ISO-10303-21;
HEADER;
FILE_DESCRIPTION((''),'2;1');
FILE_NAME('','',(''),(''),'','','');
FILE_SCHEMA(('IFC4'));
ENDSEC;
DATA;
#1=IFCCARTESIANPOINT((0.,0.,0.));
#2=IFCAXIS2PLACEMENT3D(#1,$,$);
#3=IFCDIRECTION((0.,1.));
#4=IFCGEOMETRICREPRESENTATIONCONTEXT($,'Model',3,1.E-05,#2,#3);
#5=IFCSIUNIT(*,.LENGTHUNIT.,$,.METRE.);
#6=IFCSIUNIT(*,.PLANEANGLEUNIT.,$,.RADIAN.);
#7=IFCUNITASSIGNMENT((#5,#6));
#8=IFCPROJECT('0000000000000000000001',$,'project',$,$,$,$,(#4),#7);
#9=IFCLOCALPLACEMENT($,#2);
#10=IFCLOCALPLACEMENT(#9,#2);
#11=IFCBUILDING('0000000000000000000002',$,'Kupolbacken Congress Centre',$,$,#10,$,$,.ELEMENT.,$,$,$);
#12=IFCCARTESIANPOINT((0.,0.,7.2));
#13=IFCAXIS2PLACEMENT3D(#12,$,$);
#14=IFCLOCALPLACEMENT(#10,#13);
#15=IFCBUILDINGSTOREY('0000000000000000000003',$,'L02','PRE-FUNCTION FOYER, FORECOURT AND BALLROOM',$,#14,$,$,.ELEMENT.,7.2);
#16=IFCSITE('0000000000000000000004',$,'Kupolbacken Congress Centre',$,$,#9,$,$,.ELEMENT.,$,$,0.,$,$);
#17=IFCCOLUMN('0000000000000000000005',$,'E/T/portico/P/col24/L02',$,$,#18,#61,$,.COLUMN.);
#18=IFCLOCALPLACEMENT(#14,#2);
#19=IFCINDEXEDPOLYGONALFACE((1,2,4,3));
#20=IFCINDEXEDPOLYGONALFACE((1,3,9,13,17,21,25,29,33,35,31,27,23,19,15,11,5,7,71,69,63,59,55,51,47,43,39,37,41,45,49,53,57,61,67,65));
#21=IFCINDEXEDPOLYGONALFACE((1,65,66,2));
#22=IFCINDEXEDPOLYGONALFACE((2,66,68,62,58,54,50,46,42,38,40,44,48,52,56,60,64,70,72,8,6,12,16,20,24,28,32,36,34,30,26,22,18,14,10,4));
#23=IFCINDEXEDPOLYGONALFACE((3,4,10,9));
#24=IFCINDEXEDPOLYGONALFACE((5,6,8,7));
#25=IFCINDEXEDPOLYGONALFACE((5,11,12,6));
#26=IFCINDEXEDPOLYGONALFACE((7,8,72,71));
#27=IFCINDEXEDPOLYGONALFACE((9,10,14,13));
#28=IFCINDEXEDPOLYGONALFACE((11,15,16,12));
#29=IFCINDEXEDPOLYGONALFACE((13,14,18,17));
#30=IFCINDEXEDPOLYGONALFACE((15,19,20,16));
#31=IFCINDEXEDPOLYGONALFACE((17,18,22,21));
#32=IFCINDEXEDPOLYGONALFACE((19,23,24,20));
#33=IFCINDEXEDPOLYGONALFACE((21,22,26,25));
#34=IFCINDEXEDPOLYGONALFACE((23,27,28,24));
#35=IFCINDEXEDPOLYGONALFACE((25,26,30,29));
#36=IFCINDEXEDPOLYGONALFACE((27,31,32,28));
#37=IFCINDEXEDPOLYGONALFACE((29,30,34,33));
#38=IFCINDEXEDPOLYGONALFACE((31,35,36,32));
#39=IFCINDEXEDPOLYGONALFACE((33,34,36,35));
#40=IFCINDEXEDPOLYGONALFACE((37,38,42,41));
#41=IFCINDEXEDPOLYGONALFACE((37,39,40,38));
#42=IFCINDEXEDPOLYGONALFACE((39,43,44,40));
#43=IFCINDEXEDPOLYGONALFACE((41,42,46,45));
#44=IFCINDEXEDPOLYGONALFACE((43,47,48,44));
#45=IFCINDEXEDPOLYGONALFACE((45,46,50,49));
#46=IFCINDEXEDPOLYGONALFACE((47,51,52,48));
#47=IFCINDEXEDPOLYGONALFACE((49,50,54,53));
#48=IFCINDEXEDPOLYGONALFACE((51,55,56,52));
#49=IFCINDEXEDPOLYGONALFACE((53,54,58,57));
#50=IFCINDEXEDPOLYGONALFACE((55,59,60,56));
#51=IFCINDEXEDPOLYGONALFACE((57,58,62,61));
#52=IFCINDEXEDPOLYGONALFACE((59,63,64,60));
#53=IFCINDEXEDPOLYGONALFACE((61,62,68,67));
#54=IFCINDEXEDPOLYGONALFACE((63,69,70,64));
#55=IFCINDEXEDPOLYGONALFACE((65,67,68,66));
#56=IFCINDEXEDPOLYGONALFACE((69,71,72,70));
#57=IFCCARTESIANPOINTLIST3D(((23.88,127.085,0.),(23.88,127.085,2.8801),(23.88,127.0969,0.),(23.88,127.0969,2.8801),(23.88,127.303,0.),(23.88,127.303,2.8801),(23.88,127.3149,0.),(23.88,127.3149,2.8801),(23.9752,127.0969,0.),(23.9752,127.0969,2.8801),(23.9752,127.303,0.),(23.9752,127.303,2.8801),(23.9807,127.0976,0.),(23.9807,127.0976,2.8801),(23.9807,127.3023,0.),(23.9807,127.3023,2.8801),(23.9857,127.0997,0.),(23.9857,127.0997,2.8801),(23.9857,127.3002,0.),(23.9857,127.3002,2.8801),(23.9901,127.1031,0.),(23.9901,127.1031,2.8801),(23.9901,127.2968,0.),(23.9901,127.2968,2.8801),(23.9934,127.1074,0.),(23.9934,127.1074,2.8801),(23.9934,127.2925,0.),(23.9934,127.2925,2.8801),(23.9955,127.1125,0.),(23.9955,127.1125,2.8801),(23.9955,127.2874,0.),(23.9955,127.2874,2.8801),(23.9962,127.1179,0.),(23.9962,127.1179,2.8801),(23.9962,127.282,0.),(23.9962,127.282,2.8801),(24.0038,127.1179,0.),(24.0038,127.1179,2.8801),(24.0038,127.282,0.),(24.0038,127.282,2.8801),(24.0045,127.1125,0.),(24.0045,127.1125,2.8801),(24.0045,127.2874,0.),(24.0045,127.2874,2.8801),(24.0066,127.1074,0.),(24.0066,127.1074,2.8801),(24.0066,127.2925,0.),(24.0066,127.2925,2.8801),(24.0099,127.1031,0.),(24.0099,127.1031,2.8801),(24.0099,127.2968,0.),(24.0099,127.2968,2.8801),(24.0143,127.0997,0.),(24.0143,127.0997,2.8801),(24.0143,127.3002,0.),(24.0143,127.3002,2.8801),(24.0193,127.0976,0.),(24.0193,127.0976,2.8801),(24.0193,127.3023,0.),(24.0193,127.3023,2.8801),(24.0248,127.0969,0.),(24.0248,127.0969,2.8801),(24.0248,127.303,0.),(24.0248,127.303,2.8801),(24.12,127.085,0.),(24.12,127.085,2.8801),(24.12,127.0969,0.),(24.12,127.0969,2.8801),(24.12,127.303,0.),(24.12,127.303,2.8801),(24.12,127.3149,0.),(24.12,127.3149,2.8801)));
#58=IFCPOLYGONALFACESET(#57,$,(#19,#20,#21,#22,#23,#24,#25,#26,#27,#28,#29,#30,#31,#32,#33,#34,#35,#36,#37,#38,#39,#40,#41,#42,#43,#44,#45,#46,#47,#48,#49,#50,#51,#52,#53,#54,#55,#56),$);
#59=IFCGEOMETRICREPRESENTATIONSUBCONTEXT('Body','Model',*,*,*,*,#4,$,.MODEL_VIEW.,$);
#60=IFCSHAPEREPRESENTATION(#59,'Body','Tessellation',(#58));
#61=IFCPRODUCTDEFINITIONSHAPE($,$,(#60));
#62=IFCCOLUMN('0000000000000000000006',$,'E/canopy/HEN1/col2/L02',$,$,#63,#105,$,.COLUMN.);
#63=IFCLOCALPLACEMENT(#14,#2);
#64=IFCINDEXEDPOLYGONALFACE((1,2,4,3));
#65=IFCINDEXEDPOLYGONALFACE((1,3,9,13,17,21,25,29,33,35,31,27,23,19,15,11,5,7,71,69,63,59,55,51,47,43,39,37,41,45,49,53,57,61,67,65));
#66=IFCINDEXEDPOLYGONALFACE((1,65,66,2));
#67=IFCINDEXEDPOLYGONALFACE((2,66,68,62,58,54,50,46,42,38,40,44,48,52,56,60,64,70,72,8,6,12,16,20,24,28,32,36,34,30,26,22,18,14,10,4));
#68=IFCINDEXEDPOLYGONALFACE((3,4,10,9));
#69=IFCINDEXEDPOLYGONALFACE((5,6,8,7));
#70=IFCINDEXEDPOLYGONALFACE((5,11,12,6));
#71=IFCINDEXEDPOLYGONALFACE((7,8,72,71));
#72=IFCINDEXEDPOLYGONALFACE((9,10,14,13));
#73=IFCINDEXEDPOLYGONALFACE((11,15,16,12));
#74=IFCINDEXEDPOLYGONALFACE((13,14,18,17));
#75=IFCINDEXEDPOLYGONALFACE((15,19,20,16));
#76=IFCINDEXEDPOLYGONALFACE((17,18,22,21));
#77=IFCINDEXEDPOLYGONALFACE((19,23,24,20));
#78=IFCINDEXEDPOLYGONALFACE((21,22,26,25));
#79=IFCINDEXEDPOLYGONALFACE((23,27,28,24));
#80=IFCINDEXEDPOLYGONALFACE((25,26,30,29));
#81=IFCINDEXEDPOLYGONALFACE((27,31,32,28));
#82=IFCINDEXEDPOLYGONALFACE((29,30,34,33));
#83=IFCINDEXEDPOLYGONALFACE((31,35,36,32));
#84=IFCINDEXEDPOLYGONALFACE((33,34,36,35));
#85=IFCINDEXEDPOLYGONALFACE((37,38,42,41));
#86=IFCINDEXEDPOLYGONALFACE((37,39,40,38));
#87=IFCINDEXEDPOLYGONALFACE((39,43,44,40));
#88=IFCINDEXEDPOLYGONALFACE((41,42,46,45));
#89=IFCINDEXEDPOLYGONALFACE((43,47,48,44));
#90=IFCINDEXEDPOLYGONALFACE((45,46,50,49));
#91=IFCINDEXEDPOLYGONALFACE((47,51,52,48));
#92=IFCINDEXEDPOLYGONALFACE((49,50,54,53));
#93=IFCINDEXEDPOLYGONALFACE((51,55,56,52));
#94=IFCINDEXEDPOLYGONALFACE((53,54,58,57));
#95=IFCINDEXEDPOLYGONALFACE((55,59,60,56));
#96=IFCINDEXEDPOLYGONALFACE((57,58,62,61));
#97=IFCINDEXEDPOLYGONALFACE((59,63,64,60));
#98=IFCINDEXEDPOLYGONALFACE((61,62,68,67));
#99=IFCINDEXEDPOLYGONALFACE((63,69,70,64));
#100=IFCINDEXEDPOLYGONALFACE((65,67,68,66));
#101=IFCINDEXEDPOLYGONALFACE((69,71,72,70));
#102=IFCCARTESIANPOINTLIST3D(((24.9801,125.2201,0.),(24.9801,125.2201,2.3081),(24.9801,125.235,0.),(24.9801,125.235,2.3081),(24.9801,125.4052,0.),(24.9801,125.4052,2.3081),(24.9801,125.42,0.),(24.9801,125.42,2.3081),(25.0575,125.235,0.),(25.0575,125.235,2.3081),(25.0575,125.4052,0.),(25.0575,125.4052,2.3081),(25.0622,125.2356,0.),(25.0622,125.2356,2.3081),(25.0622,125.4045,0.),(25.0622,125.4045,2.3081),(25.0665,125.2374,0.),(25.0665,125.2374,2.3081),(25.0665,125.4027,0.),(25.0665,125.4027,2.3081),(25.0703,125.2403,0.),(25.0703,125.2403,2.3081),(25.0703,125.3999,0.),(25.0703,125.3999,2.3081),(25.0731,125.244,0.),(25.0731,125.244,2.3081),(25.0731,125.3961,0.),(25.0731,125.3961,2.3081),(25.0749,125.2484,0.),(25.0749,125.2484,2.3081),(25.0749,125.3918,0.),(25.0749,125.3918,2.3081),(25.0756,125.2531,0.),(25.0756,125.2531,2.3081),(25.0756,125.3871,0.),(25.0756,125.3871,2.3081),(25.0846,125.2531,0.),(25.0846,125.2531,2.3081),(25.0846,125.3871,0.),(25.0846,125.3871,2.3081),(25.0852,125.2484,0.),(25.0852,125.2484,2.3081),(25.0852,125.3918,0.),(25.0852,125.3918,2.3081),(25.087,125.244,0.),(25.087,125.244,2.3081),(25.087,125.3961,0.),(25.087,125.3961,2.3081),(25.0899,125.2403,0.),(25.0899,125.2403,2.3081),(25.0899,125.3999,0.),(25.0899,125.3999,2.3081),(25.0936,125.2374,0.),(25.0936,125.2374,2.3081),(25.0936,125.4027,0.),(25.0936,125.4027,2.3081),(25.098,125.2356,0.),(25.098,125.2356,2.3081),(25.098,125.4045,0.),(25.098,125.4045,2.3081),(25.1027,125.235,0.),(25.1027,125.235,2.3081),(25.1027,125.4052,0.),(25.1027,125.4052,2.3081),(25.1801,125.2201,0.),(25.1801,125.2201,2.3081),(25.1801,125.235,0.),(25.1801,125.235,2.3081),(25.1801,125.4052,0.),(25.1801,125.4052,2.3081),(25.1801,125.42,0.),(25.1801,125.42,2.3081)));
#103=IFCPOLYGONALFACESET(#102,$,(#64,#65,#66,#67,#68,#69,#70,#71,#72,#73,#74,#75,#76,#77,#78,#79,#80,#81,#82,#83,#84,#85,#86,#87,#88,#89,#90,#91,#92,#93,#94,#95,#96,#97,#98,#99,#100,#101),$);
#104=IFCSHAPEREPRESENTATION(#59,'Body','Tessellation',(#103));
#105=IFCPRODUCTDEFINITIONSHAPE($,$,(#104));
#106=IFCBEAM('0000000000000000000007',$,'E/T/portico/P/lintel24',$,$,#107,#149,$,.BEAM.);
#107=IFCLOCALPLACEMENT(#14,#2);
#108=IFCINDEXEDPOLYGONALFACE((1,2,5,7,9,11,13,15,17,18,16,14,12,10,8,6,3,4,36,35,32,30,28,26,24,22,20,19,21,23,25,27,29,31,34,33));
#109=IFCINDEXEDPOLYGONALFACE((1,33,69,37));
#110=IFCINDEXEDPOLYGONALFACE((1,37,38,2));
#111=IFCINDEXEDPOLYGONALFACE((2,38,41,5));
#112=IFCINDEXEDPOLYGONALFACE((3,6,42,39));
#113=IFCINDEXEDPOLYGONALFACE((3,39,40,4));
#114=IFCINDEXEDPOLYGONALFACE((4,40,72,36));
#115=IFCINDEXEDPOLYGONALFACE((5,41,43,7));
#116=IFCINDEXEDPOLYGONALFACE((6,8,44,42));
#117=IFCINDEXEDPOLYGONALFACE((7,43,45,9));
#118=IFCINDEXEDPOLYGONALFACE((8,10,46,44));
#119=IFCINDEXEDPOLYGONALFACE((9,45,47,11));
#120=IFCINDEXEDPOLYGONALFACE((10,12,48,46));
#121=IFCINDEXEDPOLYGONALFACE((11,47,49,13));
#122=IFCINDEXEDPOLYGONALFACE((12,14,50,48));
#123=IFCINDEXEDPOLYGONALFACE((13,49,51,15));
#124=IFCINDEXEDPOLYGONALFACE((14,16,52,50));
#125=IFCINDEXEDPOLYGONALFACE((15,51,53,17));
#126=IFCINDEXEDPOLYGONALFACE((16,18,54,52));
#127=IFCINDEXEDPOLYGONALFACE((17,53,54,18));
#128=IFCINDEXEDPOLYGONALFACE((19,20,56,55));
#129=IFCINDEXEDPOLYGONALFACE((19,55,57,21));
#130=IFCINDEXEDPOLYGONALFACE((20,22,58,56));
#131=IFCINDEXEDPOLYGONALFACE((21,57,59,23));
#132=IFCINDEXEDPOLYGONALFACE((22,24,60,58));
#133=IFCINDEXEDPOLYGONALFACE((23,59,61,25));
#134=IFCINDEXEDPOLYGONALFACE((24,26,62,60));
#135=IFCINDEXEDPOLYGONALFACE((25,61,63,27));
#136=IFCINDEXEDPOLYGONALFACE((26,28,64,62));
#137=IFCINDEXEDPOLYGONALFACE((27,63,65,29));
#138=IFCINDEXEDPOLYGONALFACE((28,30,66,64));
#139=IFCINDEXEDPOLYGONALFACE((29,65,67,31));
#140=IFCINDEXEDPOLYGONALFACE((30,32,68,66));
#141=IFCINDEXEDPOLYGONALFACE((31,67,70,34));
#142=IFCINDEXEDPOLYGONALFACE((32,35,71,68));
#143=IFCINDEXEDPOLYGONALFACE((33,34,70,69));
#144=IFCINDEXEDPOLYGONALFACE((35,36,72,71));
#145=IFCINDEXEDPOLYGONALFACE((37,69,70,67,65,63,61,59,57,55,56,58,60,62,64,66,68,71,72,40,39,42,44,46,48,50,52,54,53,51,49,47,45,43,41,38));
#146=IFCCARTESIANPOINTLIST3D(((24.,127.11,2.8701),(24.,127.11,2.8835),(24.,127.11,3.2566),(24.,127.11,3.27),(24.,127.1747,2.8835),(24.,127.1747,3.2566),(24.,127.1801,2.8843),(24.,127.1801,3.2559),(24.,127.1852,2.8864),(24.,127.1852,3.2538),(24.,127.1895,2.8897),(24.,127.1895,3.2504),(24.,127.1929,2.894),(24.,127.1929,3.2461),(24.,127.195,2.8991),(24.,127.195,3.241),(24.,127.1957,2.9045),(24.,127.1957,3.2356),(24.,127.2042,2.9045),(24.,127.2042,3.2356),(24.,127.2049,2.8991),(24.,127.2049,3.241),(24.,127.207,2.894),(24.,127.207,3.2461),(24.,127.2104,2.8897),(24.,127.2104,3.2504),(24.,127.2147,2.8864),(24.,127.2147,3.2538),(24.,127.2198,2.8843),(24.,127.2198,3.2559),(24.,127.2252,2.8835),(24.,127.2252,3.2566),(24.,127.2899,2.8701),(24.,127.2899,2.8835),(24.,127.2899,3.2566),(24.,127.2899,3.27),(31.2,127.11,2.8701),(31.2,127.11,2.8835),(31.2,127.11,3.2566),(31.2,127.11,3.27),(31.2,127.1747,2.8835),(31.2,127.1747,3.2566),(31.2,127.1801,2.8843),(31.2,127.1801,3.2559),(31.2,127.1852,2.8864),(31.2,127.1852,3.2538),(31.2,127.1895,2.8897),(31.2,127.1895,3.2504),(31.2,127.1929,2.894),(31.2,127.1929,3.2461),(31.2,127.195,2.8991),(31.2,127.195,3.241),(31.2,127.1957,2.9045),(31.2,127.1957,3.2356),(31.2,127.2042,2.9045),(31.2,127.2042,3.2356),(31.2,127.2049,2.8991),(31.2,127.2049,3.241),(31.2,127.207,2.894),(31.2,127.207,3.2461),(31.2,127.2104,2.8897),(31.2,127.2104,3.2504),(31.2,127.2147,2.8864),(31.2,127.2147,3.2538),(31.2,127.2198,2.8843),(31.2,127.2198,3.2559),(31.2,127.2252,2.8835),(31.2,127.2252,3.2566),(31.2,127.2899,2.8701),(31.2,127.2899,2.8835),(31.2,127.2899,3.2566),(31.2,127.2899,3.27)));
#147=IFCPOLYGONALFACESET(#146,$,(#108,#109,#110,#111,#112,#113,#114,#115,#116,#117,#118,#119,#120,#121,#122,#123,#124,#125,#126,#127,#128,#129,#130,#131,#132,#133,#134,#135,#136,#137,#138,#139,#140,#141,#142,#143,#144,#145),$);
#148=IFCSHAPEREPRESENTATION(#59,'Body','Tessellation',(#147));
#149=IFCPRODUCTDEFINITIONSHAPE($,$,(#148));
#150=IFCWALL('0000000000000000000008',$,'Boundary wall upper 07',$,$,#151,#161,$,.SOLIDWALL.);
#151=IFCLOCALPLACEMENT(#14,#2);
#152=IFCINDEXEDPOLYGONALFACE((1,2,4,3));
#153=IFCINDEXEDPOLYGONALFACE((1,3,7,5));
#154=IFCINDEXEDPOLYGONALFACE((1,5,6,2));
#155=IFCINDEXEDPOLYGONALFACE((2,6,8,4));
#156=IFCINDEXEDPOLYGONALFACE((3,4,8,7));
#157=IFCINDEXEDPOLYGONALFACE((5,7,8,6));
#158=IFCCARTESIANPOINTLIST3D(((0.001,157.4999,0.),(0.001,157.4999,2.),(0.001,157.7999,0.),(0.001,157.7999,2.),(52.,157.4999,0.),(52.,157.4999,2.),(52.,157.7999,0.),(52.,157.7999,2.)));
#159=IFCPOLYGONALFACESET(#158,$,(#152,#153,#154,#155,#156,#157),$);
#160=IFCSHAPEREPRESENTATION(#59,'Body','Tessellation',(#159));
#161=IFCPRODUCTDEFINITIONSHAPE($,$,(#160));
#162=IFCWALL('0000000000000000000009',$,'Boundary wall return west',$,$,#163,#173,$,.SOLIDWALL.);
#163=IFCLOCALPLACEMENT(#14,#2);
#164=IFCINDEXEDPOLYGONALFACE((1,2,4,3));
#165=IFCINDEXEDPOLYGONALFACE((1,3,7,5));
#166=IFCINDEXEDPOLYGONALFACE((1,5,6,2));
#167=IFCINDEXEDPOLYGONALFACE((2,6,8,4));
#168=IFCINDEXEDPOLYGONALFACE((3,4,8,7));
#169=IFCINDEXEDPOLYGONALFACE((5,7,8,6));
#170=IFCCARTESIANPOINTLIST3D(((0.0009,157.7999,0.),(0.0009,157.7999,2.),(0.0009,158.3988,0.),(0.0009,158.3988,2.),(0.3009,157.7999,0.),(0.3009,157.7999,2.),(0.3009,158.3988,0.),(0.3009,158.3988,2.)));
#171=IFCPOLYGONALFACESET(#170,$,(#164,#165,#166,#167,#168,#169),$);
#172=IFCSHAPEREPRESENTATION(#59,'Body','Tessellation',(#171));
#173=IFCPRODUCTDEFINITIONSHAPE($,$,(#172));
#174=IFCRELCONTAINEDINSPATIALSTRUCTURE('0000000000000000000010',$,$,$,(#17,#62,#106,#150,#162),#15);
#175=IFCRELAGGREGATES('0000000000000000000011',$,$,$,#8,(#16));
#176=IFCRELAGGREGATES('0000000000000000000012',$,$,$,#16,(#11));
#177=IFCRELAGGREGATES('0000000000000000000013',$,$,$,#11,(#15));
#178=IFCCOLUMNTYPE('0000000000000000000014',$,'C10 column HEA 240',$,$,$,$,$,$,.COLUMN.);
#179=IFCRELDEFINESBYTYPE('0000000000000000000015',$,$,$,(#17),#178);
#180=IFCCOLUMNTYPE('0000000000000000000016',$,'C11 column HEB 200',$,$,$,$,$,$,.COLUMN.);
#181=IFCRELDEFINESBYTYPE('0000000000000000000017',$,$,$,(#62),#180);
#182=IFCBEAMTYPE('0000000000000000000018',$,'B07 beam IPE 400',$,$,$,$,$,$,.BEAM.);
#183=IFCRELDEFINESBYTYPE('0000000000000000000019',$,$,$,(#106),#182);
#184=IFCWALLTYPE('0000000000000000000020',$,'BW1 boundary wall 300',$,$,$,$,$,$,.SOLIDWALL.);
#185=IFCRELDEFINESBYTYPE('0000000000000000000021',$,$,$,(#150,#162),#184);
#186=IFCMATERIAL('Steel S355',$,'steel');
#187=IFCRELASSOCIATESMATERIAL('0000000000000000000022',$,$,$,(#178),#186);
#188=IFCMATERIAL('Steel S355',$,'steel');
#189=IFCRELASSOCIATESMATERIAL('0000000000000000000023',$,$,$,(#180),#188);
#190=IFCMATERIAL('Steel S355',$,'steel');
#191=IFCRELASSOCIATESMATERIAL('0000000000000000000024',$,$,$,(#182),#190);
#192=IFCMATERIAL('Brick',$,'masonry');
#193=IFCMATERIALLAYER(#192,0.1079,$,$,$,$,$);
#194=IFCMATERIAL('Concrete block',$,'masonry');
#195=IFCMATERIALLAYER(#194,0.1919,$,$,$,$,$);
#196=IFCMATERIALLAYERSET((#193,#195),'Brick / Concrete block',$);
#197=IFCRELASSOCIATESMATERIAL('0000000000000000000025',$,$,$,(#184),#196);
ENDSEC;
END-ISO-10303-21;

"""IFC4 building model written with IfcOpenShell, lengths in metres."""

from ifc_helpers import new_model, si_unit, direction, frame, frame_2d, origin, origin_2d, place, context, subcontext, project, spatial, rectangle, i_section, extrude, material, layer, layer_set, material_profile, profile_set, type_object, element, save


model = new_model("IFC4")

# Units and contexts
model_context = context("Model", 3, precision=1e-05, world=origin(), true_north=direction((0.0, 1.0)))
body_context = subcontext(model_context, "Body", "Model", "MODEL_VIEW")
ifc_project = project(units=[si_unit("LENGTHUNIT", "METRE"), si_unit("PLANEANGLEUNIT", "RADIAN")], contexts=[model_context])

# Site, building, storey
site_placement = place(None, origin())
site = spatial("IfcSite", under=ifc_project, at=site_placement, Name="Kupolbacken Congress Centre", CompositionType="ELEMENT", RefElevation=0.0)
building_placement = place(site_placement, origin())
building = spatial("IfcBuilding", under=site, at=building_placement, Name="Kupolbacken Congress Centre", CompositionType="ELEMENT")
storey_placement = place(building_placement, frame((0.0, 0.0, 7.2)))
storey = spatial("IfcBuildingStorey", under=building, at=storey_placement, Name="L02", Description="PRE-FUNCTION FOYER, FORECOURT AND BALLROOM", CompositionType="ELEMENT", Elevation=7.2)

# Columns
ifc_material_1 = material(Name="Steel S355", Category="steel")
ifc_material_profile_1 = material_profile(ifc_material_1, i_section(OverallWidth=0.24, OverallDepth=0.23, WebThickness=0.0076, FlangeThickness=0.012, FilletRadius=0.021, at=origin_2d()), Name="HEA 240")
ifc_profile_set_1 = profile_set([ifc_material_profile_1], Name="Steel S355")
column_type_1 = type_object("IfcColumnType", Name="C10 column HEA 240", PredefinedType="COLUMN", material=ifc_profile_set_1)
column_1_placement = place(storey_placement, frame((24.0, 127.2, 0.0), z_axis=(0.0, 0.0, 1.0), x_axis=(1.0, 0.0, 0.0)))
element("IfcColumn", 1, at=column_1_placement, inside=storey, type_object=column_type_1, Name="E/T/portico/P/col24/L02", PredefinedType="COLUMN", context=body_context, shape_type="SweptSolid", body=[
    extrude(i_section(OverallWidth=0.24, OverallDepth=0.23, WebThickness=0.0076, FlangeThickness=0.012, FilletRadius=0.021, at=origin_2d()), origin(), (0.0, 0.0, 1.0), 2.8801),
])
ifc_material_2 = material(Name="Steel S355", Category="steel")
ifc_material_profile_2 = material_profile(ifc_material_2, i_section(OverallWidth=0.2, OverallDepth=0.2, WebThickness=0.009, FlangeThickness=0.0149, FilletRadius=0.0181, at=origin_2d()), Name="HEB 200")
ifc_profile_set_2 = profile_set([ifc_material_profile_2], Name="Steel S355")
column_type_2 = type_object("IfcColumnType", Name="C11 column HEB 200", PredefinedType="COLUMN", material=ifc_profile_set_2)
column_2_placement = place(storey_placement, frame((25.0801, 125.3201, 0.0), z_axis=(0.0, 0.0, 1.0), x_axis=(1.0, 0.0, 0.0)))
element("IfcColumn", 2, at=column_2_placement, inside=storey, type_object=column_type_2, Name="E/canopy/HEN1/col2/L02", PredefinedType="COLUMN", context=body_context, shape_type="SweptSolid", body=[
    extrude(i_section(OverallWidth=0.2, OverallDepth=0.2, WebThickness=0.009, FlangeThickness=0.0149, FilletRadius=0.0181, at=origin_2d()), origin(), (0.0, 0.0, 1.0), 2.3081),
])

# Beam
ifc_material_3 = material(Name="Steel S355", Category="steel")
ifc_material_profile_3 = material_profile(ifc_material_3, i_section(OverallWidth=0.1799, OverallDepth=0.3999, WebThickness=0.0085, FlangeThickness=0.0134, FilletRadius=0.021, at=origin_2d()), Name="IPE 400")
ifc_profile_set_3 = profile_set([ifc_material_profile_3], Name="Steel S355")
beam_type = type_object("IfcBeamType", Name="B07 beam IPE 400", PredefinedType="BEAM", material=ifc_profile_set_3)
beam_placement = place(storey_placement, frame((24.0, 127.2, 3.0701), z_axis=(1.0, 0.0, 0.0), x_axis=(0.0, 1.0, 0.0)))
element("IfcBeam", 3, at=beam_placement, inside=storey, type_object=beam_type, Name="E/T/portico/P/lintel24", PredefinedType="BEAM", context=body_context, shape_type="SweptSolid", body=[
    extrude(i_section(OverallWidth=0.1799, OverallDepth=0.3999, WebThickness=0.0085, FlangeThickness=0.0134, FilletRadius=0.021, at=origin_2d()), origin(), (0.0, 0.0, 1.0), 7.2),
])

# Walls
ifc_material_4 = material(Name="Brick", Category="masonry")
ifc_layer_1 = layer(ifc_material_4, 0.1079)
ifc_material_5 = material(Name="Concrete block", Category="masonry")
ifc_layer_2 = layer(ifc_material_5, 0.1919)
ifc_layer_set_1 = layer_set([ifc_layer_1, ifc_layer_2], Name="Brick / Concrete block")
wall_type_1 = type_object("IfcWallType", Name="BW1 boundary wall 300", PredefinedType="SOLIDWALL", material=ifc_layer_set_1)
wall_1_placement = place(storey_placement, frame((0.001, 157.6499, 0.0), z_axis=(0.0, 0.0, 1.0), x_axis=(1.0, 0.0, 0.0)))
element("IfcWall", 4, at=wall_1_placement, inside=storey, type_object=wall_type_1, Name="Boundary wall upper 07", PredefinedType="SOLIDWALL", context=body_context, shape_type="SweptSolid", body=[
    extrude(rectangle(XDim=51.999, YDim=0.3, at=frame_2d((25.9995, 0.0))), origin(), (0.0, 0.0, 1.0), 2.0),
])
wall_2_placement = place(storey_placement, frame((0.1509, 157.8, 0.0), z_axis=(0.0, 0.0, 1.0), x_axis=(0.0, 1.0, 0.0)))
element("IfcWall", 5, at=wall_2_placement, inside=storey, type_object=wall_type_1, Name="Boundary wall return west", PredefinedType="SOLIDWALL", context=body_context, shape_type="SweptSolid", body=[
    extrude(rectangle(XDim=0.5989, YDim=0.3, at=frame_2d((0.2993, 0.0))), origin(), (0.0, 0.0, 1.0), 2.0),
])

save(model, "model.ifc")
